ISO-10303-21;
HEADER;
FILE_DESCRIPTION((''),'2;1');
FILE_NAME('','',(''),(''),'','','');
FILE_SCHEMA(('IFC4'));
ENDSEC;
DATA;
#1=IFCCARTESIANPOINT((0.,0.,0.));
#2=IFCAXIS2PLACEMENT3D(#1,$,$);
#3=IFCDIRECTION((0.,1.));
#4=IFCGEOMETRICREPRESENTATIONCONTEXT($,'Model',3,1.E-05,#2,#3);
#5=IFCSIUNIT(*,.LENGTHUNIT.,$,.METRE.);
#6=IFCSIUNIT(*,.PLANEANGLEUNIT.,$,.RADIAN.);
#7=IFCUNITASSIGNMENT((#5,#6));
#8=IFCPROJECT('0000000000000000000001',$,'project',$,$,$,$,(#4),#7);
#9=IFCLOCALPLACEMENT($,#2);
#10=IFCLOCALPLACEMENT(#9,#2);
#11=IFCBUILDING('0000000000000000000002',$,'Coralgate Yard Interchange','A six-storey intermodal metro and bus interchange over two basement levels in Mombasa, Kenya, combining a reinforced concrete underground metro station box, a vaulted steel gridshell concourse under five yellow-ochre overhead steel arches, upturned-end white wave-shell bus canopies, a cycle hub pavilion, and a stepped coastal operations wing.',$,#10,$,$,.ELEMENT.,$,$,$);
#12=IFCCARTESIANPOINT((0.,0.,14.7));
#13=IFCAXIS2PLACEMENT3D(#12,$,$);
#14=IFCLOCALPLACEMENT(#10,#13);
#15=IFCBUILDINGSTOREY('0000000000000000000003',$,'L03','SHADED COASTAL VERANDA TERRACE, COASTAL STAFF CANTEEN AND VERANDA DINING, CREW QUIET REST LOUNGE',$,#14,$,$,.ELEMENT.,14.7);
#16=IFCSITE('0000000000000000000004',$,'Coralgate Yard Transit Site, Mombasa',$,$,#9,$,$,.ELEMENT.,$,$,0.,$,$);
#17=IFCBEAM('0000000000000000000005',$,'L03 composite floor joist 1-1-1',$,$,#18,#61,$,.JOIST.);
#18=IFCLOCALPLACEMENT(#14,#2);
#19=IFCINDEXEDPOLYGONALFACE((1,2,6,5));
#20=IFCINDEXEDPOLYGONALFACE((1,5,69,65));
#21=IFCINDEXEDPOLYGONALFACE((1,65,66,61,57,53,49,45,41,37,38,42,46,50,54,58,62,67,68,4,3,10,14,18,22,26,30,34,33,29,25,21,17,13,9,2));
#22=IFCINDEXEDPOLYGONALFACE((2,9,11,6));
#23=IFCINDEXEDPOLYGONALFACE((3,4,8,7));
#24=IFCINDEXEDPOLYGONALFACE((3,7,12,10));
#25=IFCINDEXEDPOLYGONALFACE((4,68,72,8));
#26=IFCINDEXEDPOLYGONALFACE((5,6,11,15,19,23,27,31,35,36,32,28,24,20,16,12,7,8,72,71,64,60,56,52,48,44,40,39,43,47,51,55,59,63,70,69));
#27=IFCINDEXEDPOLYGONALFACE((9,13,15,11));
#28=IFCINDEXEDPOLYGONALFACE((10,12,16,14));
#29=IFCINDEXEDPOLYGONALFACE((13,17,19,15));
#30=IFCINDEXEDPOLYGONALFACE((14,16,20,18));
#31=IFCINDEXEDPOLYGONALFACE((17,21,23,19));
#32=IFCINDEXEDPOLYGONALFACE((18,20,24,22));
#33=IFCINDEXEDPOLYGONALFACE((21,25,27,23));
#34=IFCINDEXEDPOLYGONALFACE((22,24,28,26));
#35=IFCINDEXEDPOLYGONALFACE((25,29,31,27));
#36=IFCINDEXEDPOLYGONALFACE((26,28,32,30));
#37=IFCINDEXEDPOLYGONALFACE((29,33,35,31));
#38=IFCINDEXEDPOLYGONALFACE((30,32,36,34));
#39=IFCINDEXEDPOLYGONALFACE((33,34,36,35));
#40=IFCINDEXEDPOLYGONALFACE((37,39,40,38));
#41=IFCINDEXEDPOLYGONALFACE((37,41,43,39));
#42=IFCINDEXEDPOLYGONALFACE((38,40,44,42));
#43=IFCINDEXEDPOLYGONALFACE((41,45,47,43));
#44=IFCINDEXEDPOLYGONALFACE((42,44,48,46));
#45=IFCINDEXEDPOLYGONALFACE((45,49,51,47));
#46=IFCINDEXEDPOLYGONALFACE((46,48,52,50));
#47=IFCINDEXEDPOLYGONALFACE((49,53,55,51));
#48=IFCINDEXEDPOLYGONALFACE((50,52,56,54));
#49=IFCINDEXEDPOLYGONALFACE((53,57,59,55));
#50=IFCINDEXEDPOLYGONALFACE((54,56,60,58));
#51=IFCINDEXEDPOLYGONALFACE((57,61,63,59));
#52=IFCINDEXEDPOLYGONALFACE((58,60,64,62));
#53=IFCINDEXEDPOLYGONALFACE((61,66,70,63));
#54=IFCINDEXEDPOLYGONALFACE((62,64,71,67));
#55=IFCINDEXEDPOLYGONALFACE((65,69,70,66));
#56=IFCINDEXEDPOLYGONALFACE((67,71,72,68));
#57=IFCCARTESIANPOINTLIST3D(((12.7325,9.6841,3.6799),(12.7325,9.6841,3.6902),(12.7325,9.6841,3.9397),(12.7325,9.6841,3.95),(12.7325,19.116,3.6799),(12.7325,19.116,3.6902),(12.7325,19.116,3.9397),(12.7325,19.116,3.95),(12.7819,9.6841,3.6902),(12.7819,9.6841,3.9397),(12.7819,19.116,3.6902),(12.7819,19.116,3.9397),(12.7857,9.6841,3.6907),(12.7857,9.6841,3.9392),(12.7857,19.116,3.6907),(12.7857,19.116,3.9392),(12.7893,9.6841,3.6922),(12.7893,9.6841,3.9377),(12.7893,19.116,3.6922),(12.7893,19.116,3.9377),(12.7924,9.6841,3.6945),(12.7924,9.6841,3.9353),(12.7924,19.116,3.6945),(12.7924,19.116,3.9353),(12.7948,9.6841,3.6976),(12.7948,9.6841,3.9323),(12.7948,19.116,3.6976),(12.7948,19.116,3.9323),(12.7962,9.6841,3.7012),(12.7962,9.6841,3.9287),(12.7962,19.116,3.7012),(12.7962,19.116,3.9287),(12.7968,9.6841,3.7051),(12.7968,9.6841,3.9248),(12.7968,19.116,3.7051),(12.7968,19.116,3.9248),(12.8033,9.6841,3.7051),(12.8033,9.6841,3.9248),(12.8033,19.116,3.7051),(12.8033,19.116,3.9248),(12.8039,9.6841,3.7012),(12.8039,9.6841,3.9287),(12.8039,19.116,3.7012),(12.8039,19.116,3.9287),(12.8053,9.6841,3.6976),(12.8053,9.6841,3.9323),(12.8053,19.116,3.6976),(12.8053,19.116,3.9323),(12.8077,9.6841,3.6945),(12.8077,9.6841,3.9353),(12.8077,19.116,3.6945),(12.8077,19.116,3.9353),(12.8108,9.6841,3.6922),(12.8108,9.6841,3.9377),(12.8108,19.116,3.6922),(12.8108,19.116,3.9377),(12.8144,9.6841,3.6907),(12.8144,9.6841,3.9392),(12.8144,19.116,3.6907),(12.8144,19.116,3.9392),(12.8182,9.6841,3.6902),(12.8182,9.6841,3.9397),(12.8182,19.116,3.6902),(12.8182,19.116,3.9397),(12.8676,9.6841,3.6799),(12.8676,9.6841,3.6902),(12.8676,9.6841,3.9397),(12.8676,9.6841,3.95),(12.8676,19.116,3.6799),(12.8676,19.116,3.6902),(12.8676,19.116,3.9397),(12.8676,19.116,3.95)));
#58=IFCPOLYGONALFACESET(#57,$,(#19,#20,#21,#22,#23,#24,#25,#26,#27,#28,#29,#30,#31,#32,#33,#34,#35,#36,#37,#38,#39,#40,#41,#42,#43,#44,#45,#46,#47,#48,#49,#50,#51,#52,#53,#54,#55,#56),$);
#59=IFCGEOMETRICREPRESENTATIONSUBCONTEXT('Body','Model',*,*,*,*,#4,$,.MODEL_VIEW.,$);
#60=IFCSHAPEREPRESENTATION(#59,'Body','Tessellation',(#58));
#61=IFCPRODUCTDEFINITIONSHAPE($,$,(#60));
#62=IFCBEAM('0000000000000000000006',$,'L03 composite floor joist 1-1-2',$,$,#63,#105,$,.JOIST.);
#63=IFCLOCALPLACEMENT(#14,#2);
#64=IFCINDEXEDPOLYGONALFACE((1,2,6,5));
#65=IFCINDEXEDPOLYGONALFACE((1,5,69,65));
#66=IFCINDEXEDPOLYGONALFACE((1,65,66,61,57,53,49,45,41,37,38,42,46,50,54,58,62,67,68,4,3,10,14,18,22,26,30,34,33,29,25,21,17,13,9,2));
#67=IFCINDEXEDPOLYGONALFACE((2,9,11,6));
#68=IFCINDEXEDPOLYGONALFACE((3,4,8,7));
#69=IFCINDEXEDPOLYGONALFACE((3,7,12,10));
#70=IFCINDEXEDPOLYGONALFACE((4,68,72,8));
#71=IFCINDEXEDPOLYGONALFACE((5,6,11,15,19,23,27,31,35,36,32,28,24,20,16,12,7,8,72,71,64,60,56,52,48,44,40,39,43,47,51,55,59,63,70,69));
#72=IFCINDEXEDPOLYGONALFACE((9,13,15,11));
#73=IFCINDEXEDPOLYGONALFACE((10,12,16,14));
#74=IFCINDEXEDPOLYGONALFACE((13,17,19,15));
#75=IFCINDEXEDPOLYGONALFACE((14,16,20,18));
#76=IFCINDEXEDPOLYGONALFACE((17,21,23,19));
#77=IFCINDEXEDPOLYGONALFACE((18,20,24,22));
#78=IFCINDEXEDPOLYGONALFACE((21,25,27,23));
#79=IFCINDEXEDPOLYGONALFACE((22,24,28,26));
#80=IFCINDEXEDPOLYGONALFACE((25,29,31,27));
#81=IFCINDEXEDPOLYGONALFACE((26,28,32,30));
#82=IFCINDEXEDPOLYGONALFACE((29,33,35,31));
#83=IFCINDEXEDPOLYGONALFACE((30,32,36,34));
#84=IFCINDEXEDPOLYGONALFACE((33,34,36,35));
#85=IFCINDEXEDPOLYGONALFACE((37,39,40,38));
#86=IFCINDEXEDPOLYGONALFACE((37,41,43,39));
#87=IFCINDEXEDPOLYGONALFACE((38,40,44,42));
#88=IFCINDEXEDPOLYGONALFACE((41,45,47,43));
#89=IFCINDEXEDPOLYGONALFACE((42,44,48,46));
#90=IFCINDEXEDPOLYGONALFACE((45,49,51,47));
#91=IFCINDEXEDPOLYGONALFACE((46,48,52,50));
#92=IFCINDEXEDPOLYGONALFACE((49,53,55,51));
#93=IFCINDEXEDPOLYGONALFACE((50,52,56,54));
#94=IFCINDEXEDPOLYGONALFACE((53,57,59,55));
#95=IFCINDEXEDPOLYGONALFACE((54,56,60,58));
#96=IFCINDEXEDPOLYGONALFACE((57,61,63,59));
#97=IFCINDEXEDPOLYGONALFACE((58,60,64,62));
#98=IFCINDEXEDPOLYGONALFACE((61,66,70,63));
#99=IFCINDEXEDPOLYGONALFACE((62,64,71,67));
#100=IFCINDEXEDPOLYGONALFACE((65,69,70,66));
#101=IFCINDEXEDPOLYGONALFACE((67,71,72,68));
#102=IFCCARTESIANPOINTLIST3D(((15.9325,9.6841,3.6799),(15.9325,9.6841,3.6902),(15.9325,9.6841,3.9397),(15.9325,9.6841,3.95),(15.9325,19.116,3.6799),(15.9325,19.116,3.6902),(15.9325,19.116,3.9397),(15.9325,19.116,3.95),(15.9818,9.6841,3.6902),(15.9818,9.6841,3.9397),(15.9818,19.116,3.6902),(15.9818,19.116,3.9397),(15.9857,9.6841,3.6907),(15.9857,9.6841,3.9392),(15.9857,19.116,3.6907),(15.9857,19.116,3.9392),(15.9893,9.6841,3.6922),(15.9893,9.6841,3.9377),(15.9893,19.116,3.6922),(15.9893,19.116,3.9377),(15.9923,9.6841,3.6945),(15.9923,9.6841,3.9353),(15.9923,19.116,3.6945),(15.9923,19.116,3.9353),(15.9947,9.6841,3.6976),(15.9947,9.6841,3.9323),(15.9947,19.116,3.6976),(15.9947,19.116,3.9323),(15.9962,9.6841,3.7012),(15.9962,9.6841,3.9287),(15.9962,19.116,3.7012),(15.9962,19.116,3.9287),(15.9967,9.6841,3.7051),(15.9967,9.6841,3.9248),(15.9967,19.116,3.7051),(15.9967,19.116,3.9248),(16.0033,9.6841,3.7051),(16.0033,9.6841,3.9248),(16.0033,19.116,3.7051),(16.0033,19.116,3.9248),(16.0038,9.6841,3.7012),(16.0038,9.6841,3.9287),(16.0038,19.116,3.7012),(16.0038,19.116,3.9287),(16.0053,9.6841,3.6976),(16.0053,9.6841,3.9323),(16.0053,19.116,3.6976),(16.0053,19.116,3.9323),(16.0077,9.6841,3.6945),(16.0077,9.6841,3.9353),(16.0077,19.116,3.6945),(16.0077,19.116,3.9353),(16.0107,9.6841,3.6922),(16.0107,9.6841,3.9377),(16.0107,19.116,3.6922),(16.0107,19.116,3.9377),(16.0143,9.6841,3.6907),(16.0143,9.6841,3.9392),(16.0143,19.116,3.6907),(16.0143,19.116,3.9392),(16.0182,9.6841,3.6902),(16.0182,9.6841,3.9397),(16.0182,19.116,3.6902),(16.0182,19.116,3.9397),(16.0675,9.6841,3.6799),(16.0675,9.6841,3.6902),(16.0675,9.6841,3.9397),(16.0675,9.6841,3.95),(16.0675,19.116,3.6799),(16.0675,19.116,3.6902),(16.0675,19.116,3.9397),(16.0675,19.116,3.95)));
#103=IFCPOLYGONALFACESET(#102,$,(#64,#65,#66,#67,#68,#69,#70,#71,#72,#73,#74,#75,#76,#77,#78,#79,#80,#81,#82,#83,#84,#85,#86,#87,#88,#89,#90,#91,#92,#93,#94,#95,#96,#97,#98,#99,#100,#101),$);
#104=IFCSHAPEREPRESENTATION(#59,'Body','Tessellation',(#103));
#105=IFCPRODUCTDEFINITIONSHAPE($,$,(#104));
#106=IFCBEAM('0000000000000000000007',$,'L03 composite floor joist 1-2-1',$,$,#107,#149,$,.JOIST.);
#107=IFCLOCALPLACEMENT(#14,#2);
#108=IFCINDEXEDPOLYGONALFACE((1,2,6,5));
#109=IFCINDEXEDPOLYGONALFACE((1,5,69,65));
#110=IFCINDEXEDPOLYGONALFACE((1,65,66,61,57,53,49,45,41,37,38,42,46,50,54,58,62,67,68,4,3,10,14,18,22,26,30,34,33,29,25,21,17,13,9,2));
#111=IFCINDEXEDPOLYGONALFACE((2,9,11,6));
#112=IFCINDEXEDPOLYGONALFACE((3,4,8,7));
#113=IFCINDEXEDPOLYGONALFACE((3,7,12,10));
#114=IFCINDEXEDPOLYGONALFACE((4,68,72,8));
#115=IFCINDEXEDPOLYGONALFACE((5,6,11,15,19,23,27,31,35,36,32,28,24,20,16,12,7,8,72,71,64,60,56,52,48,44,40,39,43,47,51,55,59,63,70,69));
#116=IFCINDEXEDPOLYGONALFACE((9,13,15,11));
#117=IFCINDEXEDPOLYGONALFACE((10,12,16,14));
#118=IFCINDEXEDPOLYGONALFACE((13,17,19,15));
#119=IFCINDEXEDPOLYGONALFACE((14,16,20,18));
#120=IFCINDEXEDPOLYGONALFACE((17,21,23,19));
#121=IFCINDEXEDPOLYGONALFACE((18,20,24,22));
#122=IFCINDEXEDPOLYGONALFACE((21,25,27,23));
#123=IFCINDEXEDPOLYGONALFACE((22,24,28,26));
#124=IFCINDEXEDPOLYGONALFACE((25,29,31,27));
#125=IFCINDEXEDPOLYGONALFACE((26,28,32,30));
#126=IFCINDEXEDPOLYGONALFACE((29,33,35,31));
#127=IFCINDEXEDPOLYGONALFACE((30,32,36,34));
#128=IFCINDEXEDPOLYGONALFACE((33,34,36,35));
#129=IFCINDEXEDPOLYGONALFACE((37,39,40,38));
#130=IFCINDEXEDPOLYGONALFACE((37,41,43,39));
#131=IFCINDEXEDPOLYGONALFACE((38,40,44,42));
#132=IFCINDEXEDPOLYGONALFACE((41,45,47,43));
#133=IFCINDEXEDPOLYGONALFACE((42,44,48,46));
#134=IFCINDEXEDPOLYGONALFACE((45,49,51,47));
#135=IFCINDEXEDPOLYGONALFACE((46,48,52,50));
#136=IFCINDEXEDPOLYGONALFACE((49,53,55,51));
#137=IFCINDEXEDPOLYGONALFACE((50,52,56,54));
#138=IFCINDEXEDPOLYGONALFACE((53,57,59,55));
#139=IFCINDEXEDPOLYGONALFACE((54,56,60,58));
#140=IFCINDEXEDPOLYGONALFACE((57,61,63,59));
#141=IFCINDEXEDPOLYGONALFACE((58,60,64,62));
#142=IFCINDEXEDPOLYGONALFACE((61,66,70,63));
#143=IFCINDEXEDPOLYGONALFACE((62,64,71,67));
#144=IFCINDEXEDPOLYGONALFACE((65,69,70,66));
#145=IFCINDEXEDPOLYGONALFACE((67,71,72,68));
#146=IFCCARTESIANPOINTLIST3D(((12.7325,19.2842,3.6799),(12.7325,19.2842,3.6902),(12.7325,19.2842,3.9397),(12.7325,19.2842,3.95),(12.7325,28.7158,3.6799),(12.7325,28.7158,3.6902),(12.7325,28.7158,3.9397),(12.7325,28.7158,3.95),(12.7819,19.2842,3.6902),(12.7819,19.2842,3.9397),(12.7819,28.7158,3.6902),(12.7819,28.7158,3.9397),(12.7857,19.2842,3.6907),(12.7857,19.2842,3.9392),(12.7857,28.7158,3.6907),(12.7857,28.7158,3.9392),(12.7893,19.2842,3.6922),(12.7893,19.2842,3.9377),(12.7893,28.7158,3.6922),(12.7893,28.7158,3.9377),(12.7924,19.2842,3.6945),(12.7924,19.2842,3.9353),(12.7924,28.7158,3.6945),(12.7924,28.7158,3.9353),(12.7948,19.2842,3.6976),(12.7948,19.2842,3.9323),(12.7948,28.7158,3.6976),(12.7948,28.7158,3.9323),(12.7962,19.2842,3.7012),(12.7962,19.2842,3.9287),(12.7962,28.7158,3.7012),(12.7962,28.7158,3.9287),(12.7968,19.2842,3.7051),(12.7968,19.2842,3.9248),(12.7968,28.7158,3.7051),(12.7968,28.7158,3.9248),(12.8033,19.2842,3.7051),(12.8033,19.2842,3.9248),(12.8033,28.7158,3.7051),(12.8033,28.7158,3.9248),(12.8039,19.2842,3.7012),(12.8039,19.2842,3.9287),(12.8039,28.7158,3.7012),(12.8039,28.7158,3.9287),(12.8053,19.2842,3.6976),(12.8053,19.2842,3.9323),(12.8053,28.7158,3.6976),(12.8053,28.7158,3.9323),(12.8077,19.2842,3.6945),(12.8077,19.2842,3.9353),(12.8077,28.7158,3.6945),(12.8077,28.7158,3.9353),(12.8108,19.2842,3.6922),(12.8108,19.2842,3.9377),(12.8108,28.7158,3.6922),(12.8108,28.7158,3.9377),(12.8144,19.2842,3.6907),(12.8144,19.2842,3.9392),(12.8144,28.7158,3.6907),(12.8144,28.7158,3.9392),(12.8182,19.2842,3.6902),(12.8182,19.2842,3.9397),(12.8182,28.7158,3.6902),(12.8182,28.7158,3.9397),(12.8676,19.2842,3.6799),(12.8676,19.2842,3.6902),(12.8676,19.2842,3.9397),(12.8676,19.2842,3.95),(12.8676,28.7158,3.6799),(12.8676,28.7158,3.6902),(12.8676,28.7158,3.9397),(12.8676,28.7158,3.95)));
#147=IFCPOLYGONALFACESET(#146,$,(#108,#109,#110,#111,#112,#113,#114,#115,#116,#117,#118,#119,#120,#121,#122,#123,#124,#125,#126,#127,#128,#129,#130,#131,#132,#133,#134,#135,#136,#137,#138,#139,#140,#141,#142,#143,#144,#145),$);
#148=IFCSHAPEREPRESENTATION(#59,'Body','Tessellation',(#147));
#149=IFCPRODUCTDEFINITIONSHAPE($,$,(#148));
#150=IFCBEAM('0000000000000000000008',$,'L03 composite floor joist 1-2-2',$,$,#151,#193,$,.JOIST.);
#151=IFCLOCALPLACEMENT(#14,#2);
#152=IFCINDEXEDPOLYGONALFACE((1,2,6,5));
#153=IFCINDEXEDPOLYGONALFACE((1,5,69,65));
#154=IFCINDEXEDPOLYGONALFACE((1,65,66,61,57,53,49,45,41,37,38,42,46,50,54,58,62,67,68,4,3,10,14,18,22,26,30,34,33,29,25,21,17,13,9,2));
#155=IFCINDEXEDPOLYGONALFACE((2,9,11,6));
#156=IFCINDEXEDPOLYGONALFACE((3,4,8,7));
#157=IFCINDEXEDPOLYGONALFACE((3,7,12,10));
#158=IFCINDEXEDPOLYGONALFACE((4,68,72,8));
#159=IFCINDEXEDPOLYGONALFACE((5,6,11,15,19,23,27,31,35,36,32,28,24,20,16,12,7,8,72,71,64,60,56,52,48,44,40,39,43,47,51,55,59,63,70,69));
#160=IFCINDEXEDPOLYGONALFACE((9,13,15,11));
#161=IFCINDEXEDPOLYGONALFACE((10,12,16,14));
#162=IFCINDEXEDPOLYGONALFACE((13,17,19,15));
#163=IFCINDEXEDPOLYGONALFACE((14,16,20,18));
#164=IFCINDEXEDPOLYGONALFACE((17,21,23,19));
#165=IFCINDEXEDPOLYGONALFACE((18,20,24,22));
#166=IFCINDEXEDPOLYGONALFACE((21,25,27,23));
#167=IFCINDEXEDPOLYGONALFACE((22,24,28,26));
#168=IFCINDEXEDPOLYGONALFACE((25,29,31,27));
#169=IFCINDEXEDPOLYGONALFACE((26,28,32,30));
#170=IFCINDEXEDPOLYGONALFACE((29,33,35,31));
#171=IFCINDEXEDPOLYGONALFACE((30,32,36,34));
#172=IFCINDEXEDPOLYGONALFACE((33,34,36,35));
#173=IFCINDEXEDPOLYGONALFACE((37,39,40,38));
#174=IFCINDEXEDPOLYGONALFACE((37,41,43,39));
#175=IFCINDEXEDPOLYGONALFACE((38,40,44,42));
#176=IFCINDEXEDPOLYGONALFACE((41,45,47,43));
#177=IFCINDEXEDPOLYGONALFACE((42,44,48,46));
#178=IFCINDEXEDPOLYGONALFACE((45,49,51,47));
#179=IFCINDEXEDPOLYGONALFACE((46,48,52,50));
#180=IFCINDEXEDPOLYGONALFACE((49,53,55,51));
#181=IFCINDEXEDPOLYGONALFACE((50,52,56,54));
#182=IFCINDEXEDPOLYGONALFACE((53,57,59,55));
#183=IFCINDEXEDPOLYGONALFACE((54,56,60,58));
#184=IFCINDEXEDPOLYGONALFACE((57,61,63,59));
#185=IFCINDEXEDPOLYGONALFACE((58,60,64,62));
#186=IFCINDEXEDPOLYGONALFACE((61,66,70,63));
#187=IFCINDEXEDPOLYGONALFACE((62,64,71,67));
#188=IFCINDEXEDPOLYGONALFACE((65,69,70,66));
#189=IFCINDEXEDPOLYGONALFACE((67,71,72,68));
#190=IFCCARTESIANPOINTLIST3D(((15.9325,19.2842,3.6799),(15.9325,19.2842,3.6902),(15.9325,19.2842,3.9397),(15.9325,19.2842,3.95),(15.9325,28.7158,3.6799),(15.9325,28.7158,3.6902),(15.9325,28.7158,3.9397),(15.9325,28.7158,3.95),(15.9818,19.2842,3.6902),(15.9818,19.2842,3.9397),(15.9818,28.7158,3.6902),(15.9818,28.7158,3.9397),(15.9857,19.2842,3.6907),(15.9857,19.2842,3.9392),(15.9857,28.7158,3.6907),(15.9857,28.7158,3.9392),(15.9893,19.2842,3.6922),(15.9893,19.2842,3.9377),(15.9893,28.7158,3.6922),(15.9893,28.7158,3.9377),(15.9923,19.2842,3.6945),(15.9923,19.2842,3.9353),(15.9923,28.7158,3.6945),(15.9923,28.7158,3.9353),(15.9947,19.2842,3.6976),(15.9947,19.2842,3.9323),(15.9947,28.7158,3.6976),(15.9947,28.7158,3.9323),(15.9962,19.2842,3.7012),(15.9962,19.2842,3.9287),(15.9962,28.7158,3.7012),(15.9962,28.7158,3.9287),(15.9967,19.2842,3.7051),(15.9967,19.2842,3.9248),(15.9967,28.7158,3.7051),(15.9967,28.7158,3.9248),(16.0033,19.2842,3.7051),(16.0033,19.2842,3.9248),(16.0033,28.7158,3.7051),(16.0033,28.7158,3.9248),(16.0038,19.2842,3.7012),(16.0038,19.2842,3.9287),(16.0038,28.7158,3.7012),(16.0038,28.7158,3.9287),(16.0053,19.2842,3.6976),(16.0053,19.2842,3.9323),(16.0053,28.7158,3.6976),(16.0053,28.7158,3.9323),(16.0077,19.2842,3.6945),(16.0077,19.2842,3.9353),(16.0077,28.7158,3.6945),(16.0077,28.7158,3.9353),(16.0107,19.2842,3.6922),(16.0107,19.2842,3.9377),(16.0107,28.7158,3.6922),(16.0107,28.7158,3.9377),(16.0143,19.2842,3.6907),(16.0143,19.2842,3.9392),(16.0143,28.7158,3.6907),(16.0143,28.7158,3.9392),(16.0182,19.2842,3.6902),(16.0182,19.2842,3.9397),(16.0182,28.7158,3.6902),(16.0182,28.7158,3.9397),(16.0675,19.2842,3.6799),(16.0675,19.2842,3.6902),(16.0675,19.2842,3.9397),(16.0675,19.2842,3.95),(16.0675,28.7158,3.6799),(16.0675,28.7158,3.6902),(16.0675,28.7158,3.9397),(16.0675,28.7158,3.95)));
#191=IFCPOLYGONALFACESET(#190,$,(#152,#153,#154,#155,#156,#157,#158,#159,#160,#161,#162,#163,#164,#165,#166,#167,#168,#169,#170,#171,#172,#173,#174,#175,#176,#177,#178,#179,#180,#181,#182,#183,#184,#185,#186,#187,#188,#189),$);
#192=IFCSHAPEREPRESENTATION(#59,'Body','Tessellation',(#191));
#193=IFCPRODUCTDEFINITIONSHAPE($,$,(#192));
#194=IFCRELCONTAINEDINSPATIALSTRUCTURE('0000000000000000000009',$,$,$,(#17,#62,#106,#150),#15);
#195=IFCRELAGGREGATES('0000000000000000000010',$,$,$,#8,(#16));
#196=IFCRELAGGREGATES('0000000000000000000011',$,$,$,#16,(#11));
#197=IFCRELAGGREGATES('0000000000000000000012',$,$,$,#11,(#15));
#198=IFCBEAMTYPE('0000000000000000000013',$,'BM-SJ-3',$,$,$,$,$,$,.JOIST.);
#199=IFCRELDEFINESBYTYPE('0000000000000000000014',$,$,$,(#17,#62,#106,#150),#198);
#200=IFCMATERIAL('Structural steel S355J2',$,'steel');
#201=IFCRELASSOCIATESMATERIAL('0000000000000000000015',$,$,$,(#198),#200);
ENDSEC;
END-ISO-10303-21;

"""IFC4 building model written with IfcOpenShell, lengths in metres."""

from ifc_helpers import new_model, si_unit, direction, frame, origin, origin_2d, place, context, subcontext, project, spatial, i_section, extrude, material, material_profile, profile_set, type_object, element, save


model = new_model("IFC4")

# Units and contexts
model_context = context("Model", 3, precision=1e-05, world=origin(), true_north=direction((0.0, 1.0)))
body_context = subcontext(model_context, "Body", "Model", "MODEL_VIEW")
ifc_project = project(units=[si_unit("LENGTHUNIT", "METRE"), si_unit("PLANEANGLEUNIT", "RADIAN")], contexts=[model_context])

# Site, building, storey
site_placement = place(None, origin())
site = spatial("IfcSite", under=ifc_project, at=site_placement, Name="Coralgate Yard Transit Site, Mombasa", CompositionType="ELEMENT", RefElevation=0.0)
building_placement = place(site_placement, origin())
building = spatial("IfcBuilding", under=site, at=building_placement, Name="Coralgate Yard Interchange", Description="A six-storey intermodal metro and bus interchange over two basement levels in Mombasa, Kenya, combining a reinforced concrete underground metro station box, a vaulted steel gridshell concourse under five yellow-ochre overhead steel arches, upturned-end white wave-shell bus canopies, a cycle hub pavilion, and a stepped coastal operations wing.", CompositionType="ELEMENT")
storey_placement = place(building_placement, frame((0.0, 0.0, 14.7)))
storey = spatial("IfcBuildingStorey", under=building, at=storey_placement, Name="L03", Description="SHADED COASTAL VERANDA TERRACE, COASTAL STAFF CANTEEN AND VERANDA DINING, CREW QUIET REST LOUNGE", CompositionType="ELEMENT", Elevation=14.7)

# Shared definitions
ifc_material_1 = material(Name="Structural steel S355J2", Category="steel")

# Beams
ifc_material_profile_1 = material_profile(ifc_material_1, i_section(OverallWidth=0.135, OverallDepth=0.27, WebThickness=0.0066, FlangeThickness=0.0103, FilletRadius=0.0149, at=origin_2d()), Name="IPE 270")
ifc_profile_set_1 = profile_set([ifc_material_profile_1], Name="Structural steel S355J2")
beam_type_1 = type_object("IfcBeamType", Name="BM-SJ-3", PredefinedType="JOIST", material=ifc_profile_set_1)
for number, where, z_axis, x_axis, name in (
    (1, (12.8, 9.6841, 3.8149), (0.0, 1.0, 0.0), (-1.0, 0.0, 0.0), "L03 composite floor joist 1-1-1"),
    (2, (16.0, 9.6841, 3.8149), (0.0, 1.0, 0.0), (-1.0, 0.0, 0.0), "L03 composite floor joist 1-1-2"),
):
    element("IfcBeam", number, at=place(storey_placement, frame(where, z_axis=z_axis, x_axis=x_axis)), inside=storey, type_object=beam_type_1, Name=name, PredefinedType="JOIST", context=body_context, shape_type="SweptSolid", body=[
        extrude(i_section(OverallWidth=0.135, OverallDepth=0.27, WebThickness=0.0066, FlangeThickness=0.0103, FilletRadius=0.0149, at=origin_2d()), origin(), (0.0, 0.0, 1.0), 9.4319),
    ])
for number, where, z_axis, x_axis, name in (
    (3, (12.8, 19.2842, 3.8149), (0.0, 1.0, 0.0), (-1.0, 0.0, 0.0), "L03 composite floor joist 1-2-1"),
    (4, (16.0, 19.2842, 3.8149), (0.0, 1.0, 0.0), (-1.0, 0.0, 0.0), "L03 composite floor joist 1-2-2"),
):
    element("IfcBeam", number, at=place(storey_placement, frame(where, z_axis=z_axis, x_axis=x_axis)), inside=storey, type_object=beam_type_1, Name=name, PredefinedType="JOIST", context=body_context, shape_type="SweptSolid", body=[
        extrude(i_section(OverallWidth=0.135, OverallDepth=0.27, WebThickness=0.0066, FlangeThickness=0.0103, FilletRadius=0.0149, at=origin_2d()), origin(), (0.0, 0.0, 1.0), 9.4316),
    ])

save(model, "model.ifc")
